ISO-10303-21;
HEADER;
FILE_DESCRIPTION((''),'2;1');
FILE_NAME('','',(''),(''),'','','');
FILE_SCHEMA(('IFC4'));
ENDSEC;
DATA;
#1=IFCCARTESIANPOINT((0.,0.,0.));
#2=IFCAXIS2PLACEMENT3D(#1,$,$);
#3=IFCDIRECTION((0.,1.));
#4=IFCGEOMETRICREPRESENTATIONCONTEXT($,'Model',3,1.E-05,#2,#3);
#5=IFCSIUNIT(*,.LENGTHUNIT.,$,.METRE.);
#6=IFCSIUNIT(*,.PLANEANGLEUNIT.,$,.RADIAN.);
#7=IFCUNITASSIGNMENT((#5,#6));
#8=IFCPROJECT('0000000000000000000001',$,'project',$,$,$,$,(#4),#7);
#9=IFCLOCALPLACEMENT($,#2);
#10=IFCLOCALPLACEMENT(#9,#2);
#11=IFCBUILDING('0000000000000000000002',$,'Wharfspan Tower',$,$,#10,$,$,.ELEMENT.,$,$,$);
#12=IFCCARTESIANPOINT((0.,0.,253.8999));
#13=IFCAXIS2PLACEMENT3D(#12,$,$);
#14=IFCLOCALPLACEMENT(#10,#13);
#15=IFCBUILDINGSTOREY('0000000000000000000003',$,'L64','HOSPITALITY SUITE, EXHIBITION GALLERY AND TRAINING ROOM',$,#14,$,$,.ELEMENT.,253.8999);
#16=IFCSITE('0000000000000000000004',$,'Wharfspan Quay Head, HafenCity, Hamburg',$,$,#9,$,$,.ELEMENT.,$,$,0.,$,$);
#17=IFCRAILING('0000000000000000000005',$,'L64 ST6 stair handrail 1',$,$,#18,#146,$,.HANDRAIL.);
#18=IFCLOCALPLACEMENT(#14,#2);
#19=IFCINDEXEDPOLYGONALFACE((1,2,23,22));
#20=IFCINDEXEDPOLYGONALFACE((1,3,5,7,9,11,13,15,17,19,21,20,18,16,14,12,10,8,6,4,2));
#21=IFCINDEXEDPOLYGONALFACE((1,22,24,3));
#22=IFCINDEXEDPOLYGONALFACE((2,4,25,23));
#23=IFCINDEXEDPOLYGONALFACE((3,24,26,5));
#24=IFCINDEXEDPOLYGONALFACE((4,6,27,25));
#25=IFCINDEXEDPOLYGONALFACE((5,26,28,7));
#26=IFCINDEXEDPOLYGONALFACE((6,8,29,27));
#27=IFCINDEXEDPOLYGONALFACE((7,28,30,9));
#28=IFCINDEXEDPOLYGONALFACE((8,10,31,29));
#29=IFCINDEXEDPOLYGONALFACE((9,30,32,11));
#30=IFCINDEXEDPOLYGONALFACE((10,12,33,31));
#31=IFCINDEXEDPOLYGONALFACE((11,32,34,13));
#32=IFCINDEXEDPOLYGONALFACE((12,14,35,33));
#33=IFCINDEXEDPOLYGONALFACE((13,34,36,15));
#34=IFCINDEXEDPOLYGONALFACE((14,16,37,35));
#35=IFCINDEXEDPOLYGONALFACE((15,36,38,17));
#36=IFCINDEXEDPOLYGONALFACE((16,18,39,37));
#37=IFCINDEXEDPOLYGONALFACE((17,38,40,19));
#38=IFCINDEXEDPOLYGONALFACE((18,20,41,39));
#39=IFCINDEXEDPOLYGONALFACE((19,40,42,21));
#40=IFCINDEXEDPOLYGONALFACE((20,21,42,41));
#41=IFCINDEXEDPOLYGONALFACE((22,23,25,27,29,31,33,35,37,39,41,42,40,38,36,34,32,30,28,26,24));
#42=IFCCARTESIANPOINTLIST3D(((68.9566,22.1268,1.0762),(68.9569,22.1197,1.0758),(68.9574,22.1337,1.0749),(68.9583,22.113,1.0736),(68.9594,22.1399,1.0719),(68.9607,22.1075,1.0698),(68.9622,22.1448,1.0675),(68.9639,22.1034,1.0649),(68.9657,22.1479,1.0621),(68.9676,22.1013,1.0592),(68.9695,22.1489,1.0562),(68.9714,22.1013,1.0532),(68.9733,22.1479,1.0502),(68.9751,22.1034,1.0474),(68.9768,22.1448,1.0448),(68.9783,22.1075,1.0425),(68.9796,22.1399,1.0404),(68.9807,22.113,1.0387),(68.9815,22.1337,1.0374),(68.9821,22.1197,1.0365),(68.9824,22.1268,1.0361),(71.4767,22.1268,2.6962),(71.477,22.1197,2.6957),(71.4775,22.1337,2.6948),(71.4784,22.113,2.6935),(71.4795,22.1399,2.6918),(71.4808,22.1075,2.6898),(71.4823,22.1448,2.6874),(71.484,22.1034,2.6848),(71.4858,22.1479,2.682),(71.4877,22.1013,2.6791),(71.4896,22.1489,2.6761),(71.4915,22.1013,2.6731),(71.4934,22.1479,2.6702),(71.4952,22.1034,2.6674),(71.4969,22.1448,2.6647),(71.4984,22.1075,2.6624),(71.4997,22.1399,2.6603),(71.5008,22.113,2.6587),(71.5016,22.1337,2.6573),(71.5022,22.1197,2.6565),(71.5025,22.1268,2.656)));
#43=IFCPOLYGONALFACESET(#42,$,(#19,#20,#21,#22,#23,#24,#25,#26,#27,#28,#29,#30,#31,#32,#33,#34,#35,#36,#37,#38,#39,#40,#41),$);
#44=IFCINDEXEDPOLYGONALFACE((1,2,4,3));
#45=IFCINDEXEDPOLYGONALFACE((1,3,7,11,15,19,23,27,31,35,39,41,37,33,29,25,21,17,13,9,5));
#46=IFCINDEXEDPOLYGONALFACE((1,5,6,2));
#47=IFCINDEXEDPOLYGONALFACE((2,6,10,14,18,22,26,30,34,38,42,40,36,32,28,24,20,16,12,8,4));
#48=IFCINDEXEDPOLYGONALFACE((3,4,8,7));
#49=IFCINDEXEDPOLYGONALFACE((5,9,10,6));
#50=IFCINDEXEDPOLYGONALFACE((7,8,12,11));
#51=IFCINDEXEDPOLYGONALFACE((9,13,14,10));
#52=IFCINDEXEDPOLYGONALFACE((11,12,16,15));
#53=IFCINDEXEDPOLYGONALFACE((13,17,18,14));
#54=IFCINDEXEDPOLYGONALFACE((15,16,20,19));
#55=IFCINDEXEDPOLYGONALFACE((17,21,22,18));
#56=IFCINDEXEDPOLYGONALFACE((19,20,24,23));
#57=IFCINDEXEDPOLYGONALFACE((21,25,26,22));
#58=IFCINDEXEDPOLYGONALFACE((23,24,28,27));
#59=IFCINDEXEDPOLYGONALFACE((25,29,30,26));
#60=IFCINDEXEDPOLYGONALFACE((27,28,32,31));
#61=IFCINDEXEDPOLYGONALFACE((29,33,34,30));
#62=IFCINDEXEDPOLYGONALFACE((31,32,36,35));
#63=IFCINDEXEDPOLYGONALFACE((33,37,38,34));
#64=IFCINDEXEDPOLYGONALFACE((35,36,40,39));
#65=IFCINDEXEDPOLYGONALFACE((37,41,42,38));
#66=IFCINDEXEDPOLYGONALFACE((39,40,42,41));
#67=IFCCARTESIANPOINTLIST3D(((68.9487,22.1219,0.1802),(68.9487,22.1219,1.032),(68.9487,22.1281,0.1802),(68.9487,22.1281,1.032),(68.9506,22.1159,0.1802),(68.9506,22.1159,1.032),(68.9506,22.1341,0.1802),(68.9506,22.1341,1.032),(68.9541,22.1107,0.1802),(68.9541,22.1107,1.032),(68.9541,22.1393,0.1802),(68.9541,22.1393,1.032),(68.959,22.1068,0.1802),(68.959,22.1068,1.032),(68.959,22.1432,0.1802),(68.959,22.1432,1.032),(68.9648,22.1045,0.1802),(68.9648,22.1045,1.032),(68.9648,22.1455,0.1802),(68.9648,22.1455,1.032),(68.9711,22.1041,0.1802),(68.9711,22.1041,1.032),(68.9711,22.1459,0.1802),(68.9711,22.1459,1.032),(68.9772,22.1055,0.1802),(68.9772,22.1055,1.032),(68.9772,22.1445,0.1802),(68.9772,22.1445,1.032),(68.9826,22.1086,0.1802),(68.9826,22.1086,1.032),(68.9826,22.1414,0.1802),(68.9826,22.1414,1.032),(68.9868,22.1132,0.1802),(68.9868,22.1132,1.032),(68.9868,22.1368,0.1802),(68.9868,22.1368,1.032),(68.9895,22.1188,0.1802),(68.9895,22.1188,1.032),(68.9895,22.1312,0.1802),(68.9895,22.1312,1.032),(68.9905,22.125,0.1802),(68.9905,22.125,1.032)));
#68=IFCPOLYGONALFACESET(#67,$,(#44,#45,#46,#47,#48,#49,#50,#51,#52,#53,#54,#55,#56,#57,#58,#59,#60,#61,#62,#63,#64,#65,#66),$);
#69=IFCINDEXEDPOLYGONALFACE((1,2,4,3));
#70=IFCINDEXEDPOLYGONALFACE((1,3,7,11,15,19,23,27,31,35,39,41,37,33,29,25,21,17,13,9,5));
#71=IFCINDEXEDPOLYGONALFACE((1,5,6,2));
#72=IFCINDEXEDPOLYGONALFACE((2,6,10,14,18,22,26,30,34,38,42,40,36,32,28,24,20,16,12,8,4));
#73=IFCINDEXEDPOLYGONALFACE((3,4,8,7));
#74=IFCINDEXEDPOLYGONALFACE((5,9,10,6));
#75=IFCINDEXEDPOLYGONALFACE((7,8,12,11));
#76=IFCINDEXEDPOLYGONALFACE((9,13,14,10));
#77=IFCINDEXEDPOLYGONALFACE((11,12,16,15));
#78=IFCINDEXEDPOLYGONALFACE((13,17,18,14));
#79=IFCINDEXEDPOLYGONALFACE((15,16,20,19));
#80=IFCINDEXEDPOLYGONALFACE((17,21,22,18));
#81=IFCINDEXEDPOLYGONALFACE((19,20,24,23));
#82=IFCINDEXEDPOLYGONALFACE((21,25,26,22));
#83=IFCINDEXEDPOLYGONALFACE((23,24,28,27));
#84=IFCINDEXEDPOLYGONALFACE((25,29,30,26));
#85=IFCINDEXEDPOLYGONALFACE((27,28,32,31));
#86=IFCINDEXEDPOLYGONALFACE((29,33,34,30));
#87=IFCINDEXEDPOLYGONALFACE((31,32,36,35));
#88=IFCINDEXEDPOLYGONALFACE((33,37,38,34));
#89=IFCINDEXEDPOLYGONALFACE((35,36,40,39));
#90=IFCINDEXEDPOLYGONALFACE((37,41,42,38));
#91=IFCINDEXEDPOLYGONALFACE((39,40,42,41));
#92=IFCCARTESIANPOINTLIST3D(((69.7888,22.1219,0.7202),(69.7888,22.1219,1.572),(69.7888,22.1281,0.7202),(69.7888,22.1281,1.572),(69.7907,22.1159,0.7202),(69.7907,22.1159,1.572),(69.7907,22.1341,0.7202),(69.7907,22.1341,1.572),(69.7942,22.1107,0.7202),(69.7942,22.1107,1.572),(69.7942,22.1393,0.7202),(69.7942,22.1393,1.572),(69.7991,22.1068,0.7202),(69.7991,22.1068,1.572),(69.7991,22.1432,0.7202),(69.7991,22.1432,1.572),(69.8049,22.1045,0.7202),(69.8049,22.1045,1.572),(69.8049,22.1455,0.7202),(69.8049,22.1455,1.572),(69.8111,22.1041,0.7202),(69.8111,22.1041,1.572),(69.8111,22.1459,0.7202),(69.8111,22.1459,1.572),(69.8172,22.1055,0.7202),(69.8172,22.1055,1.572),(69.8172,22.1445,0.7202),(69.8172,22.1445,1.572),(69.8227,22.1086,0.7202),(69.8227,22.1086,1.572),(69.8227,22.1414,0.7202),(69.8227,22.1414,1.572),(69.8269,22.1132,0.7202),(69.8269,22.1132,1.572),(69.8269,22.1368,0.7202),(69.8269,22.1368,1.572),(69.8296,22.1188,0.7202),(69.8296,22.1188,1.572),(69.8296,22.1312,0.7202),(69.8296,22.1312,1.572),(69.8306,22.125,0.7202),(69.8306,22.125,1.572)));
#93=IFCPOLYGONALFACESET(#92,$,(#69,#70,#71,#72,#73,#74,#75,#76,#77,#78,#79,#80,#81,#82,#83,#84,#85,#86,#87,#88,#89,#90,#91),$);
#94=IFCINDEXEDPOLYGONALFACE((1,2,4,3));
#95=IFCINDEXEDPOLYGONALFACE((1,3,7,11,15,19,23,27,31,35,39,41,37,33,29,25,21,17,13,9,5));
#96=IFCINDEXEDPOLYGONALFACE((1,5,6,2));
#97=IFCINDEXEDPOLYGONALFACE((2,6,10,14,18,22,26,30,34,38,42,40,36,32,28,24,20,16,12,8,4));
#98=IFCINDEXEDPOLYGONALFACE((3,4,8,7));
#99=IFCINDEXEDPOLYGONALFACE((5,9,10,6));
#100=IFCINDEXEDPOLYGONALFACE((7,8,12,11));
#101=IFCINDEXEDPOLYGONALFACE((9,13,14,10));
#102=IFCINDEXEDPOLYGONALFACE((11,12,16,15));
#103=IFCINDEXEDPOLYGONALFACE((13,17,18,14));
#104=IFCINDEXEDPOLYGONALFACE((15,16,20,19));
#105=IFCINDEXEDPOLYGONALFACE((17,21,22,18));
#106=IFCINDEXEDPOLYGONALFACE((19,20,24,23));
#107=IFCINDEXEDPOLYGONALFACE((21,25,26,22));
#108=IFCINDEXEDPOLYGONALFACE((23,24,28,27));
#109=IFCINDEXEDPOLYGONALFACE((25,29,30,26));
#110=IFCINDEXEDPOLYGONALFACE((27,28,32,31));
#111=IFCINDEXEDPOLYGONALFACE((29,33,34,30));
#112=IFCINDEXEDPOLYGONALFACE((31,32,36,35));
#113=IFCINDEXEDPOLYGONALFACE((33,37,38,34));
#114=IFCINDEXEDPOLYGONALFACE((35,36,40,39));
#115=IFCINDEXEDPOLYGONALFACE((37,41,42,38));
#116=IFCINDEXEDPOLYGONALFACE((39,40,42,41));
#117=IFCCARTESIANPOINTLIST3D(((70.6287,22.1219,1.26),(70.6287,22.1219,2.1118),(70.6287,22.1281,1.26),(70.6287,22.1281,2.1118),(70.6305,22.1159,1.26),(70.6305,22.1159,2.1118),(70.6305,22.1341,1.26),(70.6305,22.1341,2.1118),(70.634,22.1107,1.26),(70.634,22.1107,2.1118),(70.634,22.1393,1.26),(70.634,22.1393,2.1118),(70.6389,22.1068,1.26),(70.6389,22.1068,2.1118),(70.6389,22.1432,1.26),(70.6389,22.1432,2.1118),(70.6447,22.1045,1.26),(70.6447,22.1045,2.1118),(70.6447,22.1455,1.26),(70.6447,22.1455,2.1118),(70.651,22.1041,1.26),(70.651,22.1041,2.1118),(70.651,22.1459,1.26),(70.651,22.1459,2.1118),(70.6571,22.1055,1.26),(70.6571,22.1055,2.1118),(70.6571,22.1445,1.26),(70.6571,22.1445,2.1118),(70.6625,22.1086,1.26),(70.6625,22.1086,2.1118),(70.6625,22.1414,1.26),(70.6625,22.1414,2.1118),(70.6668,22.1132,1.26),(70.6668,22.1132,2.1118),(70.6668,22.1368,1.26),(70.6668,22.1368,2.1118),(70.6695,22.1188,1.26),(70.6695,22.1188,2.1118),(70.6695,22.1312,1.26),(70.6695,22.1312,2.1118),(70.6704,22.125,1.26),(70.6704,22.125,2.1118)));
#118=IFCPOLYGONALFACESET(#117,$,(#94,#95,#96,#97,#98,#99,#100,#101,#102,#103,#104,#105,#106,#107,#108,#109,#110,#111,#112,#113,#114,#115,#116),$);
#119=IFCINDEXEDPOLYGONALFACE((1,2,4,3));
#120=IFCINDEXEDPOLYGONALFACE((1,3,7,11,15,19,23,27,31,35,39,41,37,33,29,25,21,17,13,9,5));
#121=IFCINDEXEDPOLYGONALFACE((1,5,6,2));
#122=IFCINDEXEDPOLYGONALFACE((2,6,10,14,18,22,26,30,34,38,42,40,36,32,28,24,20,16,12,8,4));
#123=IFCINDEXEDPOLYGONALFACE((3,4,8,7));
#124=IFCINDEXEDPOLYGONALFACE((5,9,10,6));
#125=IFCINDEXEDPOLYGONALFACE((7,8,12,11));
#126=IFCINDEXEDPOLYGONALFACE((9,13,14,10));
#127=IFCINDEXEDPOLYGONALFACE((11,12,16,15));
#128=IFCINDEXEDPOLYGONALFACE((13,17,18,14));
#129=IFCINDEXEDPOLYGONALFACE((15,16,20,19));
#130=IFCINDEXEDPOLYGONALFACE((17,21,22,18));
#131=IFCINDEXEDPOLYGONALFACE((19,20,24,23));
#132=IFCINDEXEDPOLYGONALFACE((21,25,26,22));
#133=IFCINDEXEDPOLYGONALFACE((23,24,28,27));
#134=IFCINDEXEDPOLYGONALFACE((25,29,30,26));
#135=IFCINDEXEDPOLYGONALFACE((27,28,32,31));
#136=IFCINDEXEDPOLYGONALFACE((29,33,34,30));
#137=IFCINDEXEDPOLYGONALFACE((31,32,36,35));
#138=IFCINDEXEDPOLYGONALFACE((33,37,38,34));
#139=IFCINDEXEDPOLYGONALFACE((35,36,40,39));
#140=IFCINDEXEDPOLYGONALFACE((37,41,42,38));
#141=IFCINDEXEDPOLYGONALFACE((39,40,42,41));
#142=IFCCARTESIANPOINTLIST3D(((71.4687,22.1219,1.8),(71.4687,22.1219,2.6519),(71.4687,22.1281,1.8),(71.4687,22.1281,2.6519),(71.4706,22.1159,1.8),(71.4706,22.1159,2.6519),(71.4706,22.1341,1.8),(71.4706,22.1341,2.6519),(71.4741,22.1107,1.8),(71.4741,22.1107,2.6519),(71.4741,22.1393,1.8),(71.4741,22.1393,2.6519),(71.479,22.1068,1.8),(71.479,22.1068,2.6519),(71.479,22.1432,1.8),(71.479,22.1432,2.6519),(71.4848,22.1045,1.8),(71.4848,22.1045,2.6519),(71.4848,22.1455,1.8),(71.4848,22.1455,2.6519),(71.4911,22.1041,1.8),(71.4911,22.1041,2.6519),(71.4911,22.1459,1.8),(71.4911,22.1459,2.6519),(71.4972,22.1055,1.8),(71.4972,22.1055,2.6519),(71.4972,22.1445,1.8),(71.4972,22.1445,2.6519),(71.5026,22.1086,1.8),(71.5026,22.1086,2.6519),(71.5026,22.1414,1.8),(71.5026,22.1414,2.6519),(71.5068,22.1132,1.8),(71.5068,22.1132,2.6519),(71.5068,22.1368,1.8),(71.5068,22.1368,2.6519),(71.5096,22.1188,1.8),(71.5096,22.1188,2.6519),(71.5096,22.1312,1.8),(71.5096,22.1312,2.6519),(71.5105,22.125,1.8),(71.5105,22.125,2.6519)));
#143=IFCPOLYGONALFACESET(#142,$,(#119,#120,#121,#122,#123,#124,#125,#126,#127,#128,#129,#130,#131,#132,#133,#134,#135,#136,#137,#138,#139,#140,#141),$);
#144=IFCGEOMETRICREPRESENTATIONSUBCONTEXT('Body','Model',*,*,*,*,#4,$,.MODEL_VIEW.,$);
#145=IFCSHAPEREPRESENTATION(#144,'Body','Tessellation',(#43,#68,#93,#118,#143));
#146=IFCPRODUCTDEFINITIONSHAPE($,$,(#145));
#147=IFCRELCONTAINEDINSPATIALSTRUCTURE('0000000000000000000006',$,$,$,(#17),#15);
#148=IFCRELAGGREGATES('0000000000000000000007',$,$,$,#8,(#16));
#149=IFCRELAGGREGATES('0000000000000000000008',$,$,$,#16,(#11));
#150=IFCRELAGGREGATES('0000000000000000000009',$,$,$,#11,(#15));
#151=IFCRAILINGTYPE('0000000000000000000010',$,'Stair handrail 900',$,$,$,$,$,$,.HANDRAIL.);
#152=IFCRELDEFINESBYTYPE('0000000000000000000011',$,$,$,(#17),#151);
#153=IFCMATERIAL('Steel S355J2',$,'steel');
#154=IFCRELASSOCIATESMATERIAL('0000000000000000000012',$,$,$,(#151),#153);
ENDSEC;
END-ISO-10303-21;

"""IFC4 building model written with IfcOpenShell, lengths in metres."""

from ifc_helpers import new_model, si_unit, direction, frame, origin, origin_2d, place, context, subcontext, project, spatial, circle, extrude, material, type_object, element, save


model = new_model("IFC4")

# Units and contexts
model_context = context("Model", 3, precision=1e-05, world=origin(), true_north=direction((0.0, 1.0)))
body_context = subcontext(model_context, "Body", "Model", "MODEL_VIEW")
ifc_project = project(units=[si_unit("LENGTHUNIT", "METRE"), si_unit("PLANEANGLEUNIT", "RADIAN")], contexts=[model_context])

# Site, building, storey
site_placement = place(None, origin())
site = spatial("IfcSite", under=ifc_project, at=site_placement, Name="Wharfspan Quay Head, HafenCity, Hamburg", CompositionType="ELEMENT", RefElevation=0.0)
building_placement = place(site_placement, origin())
building = spatial("IfcBuilding", under=site, at=building_placement, Name="Wharfspan Tower", CompositionType="ELEMENT")
storey_placement = place(building_placement, frame((0.0, 0.0, 253.8999)))
storey = spatial("IfcBuildingStorey", under=building, at=storey_placement, Name="L64", Description="HOSPITALITY SUITE, EXHIBITION GALLERY AND TRAINING ROOM", CompositionType="ELEMENT", Elevation=253.8999)

# Railing
ifc_material_1 = material(Name="Steel S355J2", Category="steel")
railing_type_1 = type_object("IfcRailingType", Name="Stair handrail 900", PredefinedType="HANDRAIL", material=ifc_material_1)
railing_1_placement = place(storey_placement, frame((68.9695, 22.125, 0.1802)))
element("IfcRailing", 1, at=railing_1_placement, inside=storey, type_object=railing_type_1, Name="L64 ST6 stair handrail 1", PredefinedType="HANDRAIL", context=body_context, shape_type="SweptSolid", body=[
    extrude(circle(Radius=0.0239, at=origin_2d()), frame((0.0, 0.0, 0.876), z_axis=(0.8412, 0.0, 0.540725), x_axis=(0.0, 1.0, 0.0)), (0.0, 0.0, 1.0), 2.9958),
    extrude(circle(Radius=0.021, at=origin_2d()), origin(), (0.0, 0.0, 1.0), 0.8518),
    extrude(circle(Radius=0.021, at=origin_2d()), frame((0.8401, 0.0, 0.54)), (0.0, 0.0, 1.0), 0.8518),
    extrude(circle(Radius=0.021, at=origin_2d()), frame((1.6799, 0.0, 1.0798)), (0.0, 0.0, 1.0), 0.8518),
    extrude(circle(Radius=0.021, at=origin_2d()), frame((2.52, 0.0, 1.6199)), (0.0, 0.0, 1.0), 0.8518),
])

save(model, "model.ifc")
